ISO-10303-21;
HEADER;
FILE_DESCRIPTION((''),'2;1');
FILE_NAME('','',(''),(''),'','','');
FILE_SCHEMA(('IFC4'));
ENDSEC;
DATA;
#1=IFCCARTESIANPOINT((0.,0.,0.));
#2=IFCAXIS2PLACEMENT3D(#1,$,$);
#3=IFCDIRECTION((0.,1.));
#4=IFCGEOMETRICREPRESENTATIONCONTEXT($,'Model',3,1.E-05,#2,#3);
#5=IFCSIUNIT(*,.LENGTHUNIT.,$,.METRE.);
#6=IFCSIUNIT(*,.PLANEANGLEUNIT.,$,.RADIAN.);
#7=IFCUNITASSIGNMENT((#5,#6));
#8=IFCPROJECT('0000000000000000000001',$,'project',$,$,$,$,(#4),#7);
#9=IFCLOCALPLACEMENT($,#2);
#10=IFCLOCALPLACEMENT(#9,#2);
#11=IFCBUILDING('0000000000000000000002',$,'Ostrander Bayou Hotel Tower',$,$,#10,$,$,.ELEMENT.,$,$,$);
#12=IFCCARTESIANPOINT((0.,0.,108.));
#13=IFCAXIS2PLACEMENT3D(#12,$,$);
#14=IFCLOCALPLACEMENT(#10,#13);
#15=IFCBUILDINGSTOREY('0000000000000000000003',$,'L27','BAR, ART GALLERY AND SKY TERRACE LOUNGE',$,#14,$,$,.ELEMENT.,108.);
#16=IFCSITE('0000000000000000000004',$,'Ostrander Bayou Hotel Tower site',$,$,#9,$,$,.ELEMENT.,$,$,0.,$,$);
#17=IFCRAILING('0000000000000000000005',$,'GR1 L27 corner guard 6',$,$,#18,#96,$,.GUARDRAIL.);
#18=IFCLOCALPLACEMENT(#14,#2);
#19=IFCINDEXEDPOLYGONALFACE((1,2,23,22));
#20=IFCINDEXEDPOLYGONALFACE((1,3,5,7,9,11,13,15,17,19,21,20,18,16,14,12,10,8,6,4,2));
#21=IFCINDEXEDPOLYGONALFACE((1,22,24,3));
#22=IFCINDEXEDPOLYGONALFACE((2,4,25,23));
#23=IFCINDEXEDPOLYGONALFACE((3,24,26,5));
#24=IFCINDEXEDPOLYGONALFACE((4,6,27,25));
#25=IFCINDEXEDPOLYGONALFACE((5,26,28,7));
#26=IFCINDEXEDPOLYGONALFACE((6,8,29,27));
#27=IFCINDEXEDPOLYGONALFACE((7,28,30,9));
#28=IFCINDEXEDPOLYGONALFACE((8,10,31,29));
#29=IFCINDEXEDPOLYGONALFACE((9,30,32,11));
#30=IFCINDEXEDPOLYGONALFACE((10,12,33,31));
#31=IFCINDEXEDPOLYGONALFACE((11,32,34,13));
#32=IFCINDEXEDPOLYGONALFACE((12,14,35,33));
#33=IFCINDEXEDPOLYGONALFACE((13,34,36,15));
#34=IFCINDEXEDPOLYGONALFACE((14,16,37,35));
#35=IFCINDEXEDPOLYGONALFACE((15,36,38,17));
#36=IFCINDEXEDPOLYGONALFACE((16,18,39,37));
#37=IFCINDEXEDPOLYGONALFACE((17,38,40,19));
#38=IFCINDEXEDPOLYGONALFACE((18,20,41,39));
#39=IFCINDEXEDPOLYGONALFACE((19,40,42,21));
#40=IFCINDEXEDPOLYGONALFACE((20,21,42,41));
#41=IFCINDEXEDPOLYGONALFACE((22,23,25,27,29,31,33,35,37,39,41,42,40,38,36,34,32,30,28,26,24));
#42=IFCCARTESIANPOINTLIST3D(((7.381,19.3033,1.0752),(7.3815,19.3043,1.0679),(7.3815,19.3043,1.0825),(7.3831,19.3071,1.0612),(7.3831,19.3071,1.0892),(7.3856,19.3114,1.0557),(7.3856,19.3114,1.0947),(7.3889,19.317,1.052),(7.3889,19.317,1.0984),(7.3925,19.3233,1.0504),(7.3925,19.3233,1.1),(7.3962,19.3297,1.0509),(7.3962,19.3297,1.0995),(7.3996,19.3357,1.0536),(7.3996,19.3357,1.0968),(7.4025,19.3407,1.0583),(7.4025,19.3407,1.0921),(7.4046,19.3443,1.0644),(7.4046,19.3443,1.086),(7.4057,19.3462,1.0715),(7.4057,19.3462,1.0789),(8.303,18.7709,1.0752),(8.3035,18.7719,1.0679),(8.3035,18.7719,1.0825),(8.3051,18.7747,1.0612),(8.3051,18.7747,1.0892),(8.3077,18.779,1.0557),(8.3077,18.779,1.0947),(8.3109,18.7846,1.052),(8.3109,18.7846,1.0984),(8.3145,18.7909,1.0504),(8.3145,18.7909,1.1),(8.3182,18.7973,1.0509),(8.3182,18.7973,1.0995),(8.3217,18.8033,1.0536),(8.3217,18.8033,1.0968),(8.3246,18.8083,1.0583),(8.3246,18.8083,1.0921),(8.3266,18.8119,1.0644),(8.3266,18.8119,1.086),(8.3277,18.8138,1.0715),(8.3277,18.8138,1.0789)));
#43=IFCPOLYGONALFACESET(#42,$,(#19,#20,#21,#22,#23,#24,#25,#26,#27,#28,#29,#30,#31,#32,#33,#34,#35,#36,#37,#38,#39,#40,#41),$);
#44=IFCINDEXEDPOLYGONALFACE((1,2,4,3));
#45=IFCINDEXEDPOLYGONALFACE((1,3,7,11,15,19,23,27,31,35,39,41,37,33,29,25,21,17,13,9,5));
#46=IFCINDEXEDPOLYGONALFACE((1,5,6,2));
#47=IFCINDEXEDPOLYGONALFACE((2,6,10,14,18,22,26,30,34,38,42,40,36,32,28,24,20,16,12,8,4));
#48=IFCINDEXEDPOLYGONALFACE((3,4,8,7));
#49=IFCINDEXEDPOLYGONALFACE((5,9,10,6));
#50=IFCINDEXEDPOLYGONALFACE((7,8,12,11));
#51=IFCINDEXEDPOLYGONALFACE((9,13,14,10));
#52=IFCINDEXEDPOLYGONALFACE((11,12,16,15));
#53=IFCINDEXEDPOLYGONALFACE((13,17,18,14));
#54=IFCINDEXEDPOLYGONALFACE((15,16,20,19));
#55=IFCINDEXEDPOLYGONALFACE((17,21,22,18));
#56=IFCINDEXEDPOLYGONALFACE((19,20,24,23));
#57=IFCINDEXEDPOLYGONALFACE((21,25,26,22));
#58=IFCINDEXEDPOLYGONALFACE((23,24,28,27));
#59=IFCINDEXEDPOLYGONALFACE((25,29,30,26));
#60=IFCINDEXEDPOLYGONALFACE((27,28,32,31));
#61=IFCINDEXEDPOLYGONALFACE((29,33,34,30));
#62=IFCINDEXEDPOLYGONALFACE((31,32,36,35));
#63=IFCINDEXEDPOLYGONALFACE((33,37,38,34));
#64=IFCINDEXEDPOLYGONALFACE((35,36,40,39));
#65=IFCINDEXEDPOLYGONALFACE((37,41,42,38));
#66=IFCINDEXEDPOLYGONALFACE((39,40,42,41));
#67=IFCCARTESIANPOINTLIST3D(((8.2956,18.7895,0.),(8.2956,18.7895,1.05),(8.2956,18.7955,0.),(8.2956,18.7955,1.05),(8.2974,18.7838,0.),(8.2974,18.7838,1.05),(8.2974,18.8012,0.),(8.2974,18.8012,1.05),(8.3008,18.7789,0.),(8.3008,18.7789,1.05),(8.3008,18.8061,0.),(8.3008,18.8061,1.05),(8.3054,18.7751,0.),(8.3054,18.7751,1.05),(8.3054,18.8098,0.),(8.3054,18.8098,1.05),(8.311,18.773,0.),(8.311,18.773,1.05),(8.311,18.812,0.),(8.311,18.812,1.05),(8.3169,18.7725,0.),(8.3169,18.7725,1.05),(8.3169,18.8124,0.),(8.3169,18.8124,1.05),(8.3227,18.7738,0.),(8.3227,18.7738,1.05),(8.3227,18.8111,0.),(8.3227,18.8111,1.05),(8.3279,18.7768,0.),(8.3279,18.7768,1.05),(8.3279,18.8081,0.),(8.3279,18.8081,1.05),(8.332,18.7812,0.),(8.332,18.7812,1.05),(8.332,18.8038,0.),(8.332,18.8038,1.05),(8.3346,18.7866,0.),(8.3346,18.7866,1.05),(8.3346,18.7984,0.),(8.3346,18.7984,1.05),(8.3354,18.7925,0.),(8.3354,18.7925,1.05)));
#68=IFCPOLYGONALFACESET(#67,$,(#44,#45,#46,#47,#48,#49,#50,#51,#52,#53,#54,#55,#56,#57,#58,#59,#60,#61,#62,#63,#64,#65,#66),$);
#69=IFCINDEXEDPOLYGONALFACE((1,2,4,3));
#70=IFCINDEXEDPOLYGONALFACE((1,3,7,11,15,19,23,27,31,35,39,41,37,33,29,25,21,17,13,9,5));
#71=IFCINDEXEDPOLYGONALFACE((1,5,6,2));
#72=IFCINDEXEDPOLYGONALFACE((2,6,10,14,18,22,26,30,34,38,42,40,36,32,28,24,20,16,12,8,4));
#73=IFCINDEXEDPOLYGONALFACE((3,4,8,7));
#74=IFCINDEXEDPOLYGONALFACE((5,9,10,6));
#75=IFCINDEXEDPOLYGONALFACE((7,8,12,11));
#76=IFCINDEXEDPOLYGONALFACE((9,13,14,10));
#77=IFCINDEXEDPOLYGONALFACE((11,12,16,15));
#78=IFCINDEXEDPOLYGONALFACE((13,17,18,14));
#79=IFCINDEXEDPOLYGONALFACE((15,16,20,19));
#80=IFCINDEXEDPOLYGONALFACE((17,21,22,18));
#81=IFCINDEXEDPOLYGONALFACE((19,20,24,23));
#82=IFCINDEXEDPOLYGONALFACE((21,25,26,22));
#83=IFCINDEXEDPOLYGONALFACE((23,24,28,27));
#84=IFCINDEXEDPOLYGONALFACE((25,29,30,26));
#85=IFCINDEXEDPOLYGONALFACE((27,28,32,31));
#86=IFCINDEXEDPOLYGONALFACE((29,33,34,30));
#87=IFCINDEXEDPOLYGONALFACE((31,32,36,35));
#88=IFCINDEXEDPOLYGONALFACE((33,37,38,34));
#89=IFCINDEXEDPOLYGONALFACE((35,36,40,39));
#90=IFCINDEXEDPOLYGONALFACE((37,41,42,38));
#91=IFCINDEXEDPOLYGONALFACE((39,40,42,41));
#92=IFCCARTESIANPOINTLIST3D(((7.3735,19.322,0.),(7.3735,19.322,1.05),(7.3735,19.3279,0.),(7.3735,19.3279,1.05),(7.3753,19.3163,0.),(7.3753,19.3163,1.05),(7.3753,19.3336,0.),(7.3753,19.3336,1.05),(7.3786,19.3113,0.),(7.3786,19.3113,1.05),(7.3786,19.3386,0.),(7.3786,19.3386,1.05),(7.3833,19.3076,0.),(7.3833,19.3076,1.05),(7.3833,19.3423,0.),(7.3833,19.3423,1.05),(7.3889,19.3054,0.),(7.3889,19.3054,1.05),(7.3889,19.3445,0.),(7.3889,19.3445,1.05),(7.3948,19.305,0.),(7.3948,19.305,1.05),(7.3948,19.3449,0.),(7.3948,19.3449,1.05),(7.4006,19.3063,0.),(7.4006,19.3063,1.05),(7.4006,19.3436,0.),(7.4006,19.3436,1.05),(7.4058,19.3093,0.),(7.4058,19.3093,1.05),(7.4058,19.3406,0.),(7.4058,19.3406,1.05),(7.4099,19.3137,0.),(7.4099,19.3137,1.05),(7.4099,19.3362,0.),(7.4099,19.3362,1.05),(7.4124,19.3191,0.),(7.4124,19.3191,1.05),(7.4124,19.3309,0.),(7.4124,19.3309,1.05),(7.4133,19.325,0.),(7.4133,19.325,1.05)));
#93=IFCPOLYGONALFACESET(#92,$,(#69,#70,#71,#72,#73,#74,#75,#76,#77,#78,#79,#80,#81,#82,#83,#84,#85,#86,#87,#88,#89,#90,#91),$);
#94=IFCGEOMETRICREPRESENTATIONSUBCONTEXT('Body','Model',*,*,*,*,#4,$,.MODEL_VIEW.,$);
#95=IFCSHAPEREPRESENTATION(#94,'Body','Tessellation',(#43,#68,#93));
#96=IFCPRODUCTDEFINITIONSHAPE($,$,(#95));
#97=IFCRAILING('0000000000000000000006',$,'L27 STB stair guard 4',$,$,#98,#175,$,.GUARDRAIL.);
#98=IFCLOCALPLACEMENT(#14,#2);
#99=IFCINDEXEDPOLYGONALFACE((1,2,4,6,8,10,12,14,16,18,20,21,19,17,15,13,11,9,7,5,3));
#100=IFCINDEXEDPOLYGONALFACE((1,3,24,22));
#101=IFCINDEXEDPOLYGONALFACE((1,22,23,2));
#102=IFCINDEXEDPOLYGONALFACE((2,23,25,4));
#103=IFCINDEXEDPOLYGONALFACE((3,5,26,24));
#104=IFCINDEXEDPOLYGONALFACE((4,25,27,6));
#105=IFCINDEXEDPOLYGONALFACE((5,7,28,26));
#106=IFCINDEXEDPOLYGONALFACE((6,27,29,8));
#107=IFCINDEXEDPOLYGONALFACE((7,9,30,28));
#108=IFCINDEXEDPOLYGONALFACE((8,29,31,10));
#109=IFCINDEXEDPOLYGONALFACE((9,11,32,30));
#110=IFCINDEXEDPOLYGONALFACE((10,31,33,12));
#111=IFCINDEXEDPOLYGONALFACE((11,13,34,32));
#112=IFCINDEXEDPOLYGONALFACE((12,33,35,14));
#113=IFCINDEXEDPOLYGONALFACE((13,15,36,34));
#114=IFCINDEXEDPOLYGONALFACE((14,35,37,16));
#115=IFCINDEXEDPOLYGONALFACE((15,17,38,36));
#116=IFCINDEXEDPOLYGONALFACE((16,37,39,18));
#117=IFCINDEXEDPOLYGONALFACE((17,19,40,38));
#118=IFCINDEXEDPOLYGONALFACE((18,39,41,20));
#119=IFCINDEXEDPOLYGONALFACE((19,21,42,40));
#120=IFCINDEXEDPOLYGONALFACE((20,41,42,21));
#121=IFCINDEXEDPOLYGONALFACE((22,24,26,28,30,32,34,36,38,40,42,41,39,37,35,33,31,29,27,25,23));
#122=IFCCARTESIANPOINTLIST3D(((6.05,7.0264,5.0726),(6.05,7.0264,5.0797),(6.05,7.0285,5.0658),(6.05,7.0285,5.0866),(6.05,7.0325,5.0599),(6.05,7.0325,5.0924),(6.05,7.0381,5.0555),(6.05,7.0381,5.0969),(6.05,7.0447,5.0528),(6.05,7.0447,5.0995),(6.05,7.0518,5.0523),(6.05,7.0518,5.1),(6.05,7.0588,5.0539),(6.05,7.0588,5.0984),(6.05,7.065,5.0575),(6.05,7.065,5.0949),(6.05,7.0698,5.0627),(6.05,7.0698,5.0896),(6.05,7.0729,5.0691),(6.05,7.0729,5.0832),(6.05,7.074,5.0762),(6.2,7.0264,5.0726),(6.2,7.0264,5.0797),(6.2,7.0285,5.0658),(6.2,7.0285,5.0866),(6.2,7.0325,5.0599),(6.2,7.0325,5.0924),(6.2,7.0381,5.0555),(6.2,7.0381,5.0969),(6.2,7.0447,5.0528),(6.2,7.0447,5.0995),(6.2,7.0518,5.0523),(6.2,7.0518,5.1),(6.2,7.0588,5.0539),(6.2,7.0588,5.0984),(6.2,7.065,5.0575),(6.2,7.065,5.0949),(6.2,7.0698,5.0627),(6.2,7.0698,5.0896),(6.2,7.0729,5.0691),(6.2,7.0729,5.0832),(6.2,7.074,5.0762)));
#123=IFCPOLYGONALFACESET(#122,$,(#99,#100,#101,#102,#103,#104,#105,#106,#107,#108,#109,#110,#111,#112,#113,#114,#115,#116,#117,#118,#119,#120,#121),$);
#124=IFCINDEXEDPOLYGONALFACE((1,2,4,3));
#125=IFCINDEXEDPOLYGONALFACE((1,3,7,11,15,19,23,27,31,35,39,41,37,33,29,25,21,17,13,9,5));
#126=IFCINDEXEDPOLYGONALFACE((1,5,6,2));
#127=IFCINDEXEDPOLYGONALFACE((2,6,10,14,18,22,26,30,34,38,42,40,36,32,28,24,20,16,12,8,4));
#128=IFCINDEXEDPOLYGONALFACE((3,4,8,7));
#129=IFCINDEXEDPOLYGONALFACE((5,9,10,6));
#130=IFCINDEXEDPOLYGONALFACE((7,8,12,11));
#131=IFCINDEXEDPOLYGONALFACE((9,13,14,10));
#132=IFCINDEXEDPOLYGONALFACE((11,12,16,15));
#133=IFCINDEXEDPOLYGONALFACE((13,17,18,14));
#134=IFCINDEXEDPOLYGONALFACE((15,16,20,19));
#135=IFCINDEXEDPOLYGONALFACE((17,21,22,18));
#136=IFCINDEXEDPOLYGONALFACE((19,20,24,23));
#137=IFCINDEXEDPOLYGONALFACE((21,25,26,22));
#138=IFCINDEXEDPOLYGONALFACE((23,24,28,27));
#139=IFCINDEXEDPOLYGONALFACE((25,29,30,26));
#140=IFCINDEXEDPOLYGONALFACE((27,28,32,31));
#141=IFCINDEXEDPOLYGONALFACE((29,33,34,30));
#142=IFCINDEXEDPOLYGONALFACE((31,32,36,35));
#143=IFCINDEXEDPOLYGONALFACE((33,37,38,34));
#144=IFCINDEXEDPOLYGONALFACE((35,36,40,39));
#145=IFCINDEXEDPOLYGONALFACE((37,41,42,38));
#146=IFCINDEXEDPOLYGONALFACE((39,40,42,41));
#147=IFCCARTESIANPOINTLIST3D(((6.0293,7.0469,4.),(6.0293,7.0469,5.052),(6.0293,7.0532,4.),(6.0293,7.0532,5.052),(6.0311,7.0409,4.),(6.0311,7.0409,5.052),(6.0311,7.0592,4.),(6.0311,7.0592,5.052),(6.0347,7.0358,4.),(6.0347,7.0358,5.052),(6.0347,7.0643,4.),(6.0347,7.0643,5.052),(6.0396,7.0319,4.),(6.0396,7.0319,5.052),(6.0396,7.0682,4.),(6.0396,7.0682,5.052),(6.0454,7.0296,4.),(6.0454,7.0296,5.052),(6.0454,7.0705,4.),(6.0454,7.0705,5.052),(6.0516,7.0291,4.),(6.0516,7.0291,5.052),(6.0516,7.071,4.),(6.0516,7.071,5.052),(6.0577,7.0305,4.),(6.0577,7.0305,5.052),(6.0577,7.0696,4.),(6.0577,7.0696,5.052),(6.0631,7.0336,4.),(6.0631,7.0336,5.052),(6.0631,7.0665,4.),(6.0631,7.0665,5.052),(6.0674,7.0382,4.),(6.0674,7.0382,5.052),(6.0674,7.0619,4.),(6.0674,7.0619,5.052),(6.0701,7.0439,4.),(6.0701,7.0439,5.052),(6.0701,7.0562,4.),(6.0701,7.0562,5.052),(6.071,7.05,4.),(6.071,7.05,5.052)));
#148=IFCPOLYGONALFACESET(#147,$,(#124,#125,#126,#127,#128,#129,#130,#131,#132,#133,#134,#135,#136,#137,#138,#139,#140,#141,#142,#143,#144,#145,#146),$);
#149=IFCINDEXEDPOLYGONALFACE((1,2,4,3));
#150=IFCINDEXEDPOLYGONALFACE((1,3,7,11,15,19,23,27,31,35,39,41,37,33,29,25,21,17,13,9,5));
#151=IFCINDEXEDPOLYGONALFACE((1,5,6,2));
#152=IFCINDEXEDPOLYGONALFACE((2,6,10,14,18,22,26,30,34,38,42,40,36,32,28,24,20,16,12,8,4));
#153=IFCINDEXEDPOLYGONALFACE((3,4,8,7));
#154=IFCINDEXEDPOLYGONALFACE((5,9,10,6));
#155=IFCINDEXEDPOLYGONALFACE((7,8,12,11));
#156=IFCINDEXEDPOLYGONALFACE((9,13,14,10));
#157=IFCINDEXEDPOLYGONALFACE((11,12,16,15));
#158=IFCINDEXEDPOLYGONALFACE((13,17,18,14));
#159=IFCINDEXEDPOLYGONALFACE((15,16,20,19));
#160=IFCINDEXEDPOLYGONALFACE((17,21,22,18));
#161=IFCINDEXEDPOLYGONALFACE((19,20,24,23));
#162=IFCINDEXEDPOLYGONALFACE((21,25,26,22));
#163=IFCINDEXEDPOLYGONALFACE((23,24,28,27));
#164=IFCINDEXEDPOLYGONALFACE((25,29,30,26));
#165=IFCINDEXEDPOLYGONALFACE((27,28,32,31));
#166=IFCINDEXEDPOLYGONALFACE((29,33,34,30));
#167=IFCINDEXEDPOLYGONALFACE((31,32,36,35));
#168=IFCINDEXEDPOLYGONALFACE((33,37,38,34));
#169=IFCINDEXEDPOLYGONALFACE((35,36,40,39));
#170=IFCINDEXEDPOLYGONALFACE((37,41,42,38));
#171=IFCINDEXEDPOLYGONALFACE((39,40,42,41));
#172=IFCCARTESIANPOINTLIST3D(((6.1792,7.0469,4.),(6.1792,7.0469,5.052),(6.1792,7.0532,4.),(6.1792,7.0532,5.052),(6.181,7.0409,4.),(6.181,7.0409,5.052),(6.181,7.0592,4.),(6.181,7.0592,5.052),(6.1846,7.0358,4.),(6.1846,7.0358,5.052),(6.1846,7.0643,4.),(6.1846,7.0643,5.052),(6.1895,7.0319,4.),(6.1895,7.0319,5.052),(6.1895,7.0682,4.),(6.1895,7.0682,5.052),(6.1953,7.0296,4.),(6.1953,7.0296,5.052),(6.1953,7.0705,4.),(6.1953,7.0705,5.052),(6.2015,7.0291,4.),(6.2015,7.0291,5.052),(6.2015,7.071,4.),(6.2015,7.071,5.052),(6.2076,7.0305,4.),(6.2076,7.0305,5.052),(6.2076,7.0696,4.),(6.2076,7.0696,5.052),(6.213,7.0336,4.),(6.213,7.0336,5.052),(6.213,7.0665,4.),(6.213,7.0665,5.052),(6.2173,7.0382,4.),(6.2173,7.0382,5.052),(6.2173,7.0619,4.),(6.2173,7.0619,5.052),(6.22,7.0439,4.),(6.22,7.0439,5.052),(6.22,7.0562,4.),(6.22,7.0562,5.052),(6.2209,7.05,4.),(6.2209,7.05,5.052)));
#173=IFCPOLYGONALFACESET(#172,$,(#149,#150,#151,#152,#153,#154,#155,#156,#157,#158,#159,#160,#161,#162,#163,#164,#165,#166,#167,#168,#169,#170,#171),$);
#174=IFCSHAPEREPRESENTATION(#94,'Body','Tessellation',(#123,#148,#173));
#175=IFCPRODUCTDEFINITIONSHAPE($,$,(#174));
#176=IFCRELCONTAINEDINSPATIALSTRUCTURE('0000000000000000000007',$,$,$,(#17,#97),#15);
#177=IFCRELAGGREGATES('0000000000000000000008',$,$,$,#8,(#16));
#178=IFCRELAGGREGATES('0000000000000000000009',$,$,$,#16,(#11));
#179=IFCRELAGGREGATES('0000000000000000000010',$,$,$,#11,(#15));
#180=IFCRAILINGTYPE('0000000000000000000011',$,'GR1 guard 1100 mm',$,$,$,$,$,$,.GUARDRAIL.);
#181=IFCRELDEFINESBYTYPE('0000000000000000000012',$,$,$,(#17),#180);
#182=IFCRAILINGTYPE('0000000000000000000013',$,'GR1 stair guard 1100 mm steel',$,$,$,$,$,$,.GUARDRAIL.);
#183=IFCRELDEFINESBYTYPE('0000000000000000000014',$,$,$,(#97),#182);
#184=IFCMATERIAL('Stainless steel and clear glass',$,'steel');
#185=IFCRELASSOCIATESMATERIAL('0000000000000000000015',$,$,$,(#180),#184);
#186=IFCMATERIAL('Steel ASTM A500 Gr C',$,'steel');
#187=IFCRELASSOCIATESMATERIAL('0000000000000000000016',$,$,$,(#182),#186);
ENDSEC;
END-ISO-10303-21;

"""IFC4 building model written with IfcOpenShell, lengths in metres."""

from ifc_helpers import new_model, si_unit, direction, frame, origin, origin_2d, place, context, subcontext, project, spatial, circle, extrude, material, type_object, element, save


model = new_model("IFC4")

# Units and contexts
model_context = context("Model", 3, precision=1e-05, world=origin(), true_north=direction((0.0, 1.0)))
body_context = subcontext(model_context, "Body", "Model", "MODEL_VIEW")
ifc_project = project(units=[si_unit("LENGTHUNIT", "METRE"), si_unit("PLANEANGLEUNIT", "RADIAN")], contexts=[model_context])

# Site, building, storey
site_placement = place(None, origin())
site = spatial("IfcSite", under=ifc_project, at=site_placement, Name="Ostrander Bayou Hotel Tower site", CompositionType="ELEMENT", RefElevation=0.0)
building_placement = place(site_placement, origin())
building = spatial("IfcBuilding", under=site, at=building_placement, Name="Ostrander Bayou Hotel Tower", CompositionType="ELEMENT")
storey_placement = place(building_placement, frame((0.0, 0.0, 108.0)))
storey = spatial("IfcBuildingStorey", under=building, at=storey_placement, Name="L27", Description="BAR, ART GALLERY AND SKY TERRACE LOUNGE", CompositionType="ELEMENT", Elevation=108.0)

# Railings
ifc_material_1 = material(Name="Stainless steel and clear glass", Category="steel")
railing_type_1 = type_object("IfcRailingType", Name="GR1 guard 1100 mm", PredefinedType="GUARDRAIL", material=ifc_material_1)
railing_1_placement = place(storey_placement, frame((8.3154, 18.7925, 0.0)))
element("IfcRailing", 1, at=railing_1_placement, inside=storey, type_object=railing_type_1, Name="GR1 L27 corner guard 6", PredefinedType="GUARDRAIL", context=body_context, shape_type="SweptSolid", body=[
    extrude(circle(Radius=0.0249, at=origin_2d()), frame((0.0, 0.0, 1.0752), z_axis=(-0.865991, 0.50006, 0.0), x_axis=(-0.50006, -0.865991, 0.0)), (0.0, 0.0, 1.0), 1.0647),
    extrude(circle(Radius=0.02, at=origin_2d()), origin(), (0.0, 0.0, 1.0), 1.05),
    extrude(circle(Radius=0.02, at=origin_2d()), frame((-0.9221, 0.5325, 0.0)), (0.0, 0.0, 1.0), 1.05),
])
ifc_material_2 = material(Name="Steel ASTM A500 Gr C", Category="steel")
railing_type_2 = type_object("IfcRailingType", Name="GR1 stair guard 1100 mm steel", PredefinedType="GUARDRAIL", material=ifc_material_2)
for number, where, name in (
    (2, (6.05, 7.05, 4.0), "L27 STB stair guard 4"),
):
    element("IfcRailing", number, at=place(storey_placement, frame(where)), inside=storey, type_object=railing_type_2, Name=name, PredefinedType="GUARDRAIL", context=body_context, shape_type="SweptSolid", body=[
        extrude(circle(Radius=0.0239, at=origin_2d()), frame((0.0, 0.0, 1.0762), z_axis=(1.0, 0.0, 0.0), x_axis=(0.0, 1.0, 0.0)), (0.0, 0.0, 1.0), 0.1499),
        extrude(circle(Radius=0.021, at=origin_2d()), origin(), (0.0, 0.0, 1.0), 1.052),
        extrude(circle(Radius=0.021, at=origin_2d()), frame((0.1499, 0.0, 0.0)), (0.0, 0.0, 1.0), 1.052),
    ])

save(model, "model.ifc")
